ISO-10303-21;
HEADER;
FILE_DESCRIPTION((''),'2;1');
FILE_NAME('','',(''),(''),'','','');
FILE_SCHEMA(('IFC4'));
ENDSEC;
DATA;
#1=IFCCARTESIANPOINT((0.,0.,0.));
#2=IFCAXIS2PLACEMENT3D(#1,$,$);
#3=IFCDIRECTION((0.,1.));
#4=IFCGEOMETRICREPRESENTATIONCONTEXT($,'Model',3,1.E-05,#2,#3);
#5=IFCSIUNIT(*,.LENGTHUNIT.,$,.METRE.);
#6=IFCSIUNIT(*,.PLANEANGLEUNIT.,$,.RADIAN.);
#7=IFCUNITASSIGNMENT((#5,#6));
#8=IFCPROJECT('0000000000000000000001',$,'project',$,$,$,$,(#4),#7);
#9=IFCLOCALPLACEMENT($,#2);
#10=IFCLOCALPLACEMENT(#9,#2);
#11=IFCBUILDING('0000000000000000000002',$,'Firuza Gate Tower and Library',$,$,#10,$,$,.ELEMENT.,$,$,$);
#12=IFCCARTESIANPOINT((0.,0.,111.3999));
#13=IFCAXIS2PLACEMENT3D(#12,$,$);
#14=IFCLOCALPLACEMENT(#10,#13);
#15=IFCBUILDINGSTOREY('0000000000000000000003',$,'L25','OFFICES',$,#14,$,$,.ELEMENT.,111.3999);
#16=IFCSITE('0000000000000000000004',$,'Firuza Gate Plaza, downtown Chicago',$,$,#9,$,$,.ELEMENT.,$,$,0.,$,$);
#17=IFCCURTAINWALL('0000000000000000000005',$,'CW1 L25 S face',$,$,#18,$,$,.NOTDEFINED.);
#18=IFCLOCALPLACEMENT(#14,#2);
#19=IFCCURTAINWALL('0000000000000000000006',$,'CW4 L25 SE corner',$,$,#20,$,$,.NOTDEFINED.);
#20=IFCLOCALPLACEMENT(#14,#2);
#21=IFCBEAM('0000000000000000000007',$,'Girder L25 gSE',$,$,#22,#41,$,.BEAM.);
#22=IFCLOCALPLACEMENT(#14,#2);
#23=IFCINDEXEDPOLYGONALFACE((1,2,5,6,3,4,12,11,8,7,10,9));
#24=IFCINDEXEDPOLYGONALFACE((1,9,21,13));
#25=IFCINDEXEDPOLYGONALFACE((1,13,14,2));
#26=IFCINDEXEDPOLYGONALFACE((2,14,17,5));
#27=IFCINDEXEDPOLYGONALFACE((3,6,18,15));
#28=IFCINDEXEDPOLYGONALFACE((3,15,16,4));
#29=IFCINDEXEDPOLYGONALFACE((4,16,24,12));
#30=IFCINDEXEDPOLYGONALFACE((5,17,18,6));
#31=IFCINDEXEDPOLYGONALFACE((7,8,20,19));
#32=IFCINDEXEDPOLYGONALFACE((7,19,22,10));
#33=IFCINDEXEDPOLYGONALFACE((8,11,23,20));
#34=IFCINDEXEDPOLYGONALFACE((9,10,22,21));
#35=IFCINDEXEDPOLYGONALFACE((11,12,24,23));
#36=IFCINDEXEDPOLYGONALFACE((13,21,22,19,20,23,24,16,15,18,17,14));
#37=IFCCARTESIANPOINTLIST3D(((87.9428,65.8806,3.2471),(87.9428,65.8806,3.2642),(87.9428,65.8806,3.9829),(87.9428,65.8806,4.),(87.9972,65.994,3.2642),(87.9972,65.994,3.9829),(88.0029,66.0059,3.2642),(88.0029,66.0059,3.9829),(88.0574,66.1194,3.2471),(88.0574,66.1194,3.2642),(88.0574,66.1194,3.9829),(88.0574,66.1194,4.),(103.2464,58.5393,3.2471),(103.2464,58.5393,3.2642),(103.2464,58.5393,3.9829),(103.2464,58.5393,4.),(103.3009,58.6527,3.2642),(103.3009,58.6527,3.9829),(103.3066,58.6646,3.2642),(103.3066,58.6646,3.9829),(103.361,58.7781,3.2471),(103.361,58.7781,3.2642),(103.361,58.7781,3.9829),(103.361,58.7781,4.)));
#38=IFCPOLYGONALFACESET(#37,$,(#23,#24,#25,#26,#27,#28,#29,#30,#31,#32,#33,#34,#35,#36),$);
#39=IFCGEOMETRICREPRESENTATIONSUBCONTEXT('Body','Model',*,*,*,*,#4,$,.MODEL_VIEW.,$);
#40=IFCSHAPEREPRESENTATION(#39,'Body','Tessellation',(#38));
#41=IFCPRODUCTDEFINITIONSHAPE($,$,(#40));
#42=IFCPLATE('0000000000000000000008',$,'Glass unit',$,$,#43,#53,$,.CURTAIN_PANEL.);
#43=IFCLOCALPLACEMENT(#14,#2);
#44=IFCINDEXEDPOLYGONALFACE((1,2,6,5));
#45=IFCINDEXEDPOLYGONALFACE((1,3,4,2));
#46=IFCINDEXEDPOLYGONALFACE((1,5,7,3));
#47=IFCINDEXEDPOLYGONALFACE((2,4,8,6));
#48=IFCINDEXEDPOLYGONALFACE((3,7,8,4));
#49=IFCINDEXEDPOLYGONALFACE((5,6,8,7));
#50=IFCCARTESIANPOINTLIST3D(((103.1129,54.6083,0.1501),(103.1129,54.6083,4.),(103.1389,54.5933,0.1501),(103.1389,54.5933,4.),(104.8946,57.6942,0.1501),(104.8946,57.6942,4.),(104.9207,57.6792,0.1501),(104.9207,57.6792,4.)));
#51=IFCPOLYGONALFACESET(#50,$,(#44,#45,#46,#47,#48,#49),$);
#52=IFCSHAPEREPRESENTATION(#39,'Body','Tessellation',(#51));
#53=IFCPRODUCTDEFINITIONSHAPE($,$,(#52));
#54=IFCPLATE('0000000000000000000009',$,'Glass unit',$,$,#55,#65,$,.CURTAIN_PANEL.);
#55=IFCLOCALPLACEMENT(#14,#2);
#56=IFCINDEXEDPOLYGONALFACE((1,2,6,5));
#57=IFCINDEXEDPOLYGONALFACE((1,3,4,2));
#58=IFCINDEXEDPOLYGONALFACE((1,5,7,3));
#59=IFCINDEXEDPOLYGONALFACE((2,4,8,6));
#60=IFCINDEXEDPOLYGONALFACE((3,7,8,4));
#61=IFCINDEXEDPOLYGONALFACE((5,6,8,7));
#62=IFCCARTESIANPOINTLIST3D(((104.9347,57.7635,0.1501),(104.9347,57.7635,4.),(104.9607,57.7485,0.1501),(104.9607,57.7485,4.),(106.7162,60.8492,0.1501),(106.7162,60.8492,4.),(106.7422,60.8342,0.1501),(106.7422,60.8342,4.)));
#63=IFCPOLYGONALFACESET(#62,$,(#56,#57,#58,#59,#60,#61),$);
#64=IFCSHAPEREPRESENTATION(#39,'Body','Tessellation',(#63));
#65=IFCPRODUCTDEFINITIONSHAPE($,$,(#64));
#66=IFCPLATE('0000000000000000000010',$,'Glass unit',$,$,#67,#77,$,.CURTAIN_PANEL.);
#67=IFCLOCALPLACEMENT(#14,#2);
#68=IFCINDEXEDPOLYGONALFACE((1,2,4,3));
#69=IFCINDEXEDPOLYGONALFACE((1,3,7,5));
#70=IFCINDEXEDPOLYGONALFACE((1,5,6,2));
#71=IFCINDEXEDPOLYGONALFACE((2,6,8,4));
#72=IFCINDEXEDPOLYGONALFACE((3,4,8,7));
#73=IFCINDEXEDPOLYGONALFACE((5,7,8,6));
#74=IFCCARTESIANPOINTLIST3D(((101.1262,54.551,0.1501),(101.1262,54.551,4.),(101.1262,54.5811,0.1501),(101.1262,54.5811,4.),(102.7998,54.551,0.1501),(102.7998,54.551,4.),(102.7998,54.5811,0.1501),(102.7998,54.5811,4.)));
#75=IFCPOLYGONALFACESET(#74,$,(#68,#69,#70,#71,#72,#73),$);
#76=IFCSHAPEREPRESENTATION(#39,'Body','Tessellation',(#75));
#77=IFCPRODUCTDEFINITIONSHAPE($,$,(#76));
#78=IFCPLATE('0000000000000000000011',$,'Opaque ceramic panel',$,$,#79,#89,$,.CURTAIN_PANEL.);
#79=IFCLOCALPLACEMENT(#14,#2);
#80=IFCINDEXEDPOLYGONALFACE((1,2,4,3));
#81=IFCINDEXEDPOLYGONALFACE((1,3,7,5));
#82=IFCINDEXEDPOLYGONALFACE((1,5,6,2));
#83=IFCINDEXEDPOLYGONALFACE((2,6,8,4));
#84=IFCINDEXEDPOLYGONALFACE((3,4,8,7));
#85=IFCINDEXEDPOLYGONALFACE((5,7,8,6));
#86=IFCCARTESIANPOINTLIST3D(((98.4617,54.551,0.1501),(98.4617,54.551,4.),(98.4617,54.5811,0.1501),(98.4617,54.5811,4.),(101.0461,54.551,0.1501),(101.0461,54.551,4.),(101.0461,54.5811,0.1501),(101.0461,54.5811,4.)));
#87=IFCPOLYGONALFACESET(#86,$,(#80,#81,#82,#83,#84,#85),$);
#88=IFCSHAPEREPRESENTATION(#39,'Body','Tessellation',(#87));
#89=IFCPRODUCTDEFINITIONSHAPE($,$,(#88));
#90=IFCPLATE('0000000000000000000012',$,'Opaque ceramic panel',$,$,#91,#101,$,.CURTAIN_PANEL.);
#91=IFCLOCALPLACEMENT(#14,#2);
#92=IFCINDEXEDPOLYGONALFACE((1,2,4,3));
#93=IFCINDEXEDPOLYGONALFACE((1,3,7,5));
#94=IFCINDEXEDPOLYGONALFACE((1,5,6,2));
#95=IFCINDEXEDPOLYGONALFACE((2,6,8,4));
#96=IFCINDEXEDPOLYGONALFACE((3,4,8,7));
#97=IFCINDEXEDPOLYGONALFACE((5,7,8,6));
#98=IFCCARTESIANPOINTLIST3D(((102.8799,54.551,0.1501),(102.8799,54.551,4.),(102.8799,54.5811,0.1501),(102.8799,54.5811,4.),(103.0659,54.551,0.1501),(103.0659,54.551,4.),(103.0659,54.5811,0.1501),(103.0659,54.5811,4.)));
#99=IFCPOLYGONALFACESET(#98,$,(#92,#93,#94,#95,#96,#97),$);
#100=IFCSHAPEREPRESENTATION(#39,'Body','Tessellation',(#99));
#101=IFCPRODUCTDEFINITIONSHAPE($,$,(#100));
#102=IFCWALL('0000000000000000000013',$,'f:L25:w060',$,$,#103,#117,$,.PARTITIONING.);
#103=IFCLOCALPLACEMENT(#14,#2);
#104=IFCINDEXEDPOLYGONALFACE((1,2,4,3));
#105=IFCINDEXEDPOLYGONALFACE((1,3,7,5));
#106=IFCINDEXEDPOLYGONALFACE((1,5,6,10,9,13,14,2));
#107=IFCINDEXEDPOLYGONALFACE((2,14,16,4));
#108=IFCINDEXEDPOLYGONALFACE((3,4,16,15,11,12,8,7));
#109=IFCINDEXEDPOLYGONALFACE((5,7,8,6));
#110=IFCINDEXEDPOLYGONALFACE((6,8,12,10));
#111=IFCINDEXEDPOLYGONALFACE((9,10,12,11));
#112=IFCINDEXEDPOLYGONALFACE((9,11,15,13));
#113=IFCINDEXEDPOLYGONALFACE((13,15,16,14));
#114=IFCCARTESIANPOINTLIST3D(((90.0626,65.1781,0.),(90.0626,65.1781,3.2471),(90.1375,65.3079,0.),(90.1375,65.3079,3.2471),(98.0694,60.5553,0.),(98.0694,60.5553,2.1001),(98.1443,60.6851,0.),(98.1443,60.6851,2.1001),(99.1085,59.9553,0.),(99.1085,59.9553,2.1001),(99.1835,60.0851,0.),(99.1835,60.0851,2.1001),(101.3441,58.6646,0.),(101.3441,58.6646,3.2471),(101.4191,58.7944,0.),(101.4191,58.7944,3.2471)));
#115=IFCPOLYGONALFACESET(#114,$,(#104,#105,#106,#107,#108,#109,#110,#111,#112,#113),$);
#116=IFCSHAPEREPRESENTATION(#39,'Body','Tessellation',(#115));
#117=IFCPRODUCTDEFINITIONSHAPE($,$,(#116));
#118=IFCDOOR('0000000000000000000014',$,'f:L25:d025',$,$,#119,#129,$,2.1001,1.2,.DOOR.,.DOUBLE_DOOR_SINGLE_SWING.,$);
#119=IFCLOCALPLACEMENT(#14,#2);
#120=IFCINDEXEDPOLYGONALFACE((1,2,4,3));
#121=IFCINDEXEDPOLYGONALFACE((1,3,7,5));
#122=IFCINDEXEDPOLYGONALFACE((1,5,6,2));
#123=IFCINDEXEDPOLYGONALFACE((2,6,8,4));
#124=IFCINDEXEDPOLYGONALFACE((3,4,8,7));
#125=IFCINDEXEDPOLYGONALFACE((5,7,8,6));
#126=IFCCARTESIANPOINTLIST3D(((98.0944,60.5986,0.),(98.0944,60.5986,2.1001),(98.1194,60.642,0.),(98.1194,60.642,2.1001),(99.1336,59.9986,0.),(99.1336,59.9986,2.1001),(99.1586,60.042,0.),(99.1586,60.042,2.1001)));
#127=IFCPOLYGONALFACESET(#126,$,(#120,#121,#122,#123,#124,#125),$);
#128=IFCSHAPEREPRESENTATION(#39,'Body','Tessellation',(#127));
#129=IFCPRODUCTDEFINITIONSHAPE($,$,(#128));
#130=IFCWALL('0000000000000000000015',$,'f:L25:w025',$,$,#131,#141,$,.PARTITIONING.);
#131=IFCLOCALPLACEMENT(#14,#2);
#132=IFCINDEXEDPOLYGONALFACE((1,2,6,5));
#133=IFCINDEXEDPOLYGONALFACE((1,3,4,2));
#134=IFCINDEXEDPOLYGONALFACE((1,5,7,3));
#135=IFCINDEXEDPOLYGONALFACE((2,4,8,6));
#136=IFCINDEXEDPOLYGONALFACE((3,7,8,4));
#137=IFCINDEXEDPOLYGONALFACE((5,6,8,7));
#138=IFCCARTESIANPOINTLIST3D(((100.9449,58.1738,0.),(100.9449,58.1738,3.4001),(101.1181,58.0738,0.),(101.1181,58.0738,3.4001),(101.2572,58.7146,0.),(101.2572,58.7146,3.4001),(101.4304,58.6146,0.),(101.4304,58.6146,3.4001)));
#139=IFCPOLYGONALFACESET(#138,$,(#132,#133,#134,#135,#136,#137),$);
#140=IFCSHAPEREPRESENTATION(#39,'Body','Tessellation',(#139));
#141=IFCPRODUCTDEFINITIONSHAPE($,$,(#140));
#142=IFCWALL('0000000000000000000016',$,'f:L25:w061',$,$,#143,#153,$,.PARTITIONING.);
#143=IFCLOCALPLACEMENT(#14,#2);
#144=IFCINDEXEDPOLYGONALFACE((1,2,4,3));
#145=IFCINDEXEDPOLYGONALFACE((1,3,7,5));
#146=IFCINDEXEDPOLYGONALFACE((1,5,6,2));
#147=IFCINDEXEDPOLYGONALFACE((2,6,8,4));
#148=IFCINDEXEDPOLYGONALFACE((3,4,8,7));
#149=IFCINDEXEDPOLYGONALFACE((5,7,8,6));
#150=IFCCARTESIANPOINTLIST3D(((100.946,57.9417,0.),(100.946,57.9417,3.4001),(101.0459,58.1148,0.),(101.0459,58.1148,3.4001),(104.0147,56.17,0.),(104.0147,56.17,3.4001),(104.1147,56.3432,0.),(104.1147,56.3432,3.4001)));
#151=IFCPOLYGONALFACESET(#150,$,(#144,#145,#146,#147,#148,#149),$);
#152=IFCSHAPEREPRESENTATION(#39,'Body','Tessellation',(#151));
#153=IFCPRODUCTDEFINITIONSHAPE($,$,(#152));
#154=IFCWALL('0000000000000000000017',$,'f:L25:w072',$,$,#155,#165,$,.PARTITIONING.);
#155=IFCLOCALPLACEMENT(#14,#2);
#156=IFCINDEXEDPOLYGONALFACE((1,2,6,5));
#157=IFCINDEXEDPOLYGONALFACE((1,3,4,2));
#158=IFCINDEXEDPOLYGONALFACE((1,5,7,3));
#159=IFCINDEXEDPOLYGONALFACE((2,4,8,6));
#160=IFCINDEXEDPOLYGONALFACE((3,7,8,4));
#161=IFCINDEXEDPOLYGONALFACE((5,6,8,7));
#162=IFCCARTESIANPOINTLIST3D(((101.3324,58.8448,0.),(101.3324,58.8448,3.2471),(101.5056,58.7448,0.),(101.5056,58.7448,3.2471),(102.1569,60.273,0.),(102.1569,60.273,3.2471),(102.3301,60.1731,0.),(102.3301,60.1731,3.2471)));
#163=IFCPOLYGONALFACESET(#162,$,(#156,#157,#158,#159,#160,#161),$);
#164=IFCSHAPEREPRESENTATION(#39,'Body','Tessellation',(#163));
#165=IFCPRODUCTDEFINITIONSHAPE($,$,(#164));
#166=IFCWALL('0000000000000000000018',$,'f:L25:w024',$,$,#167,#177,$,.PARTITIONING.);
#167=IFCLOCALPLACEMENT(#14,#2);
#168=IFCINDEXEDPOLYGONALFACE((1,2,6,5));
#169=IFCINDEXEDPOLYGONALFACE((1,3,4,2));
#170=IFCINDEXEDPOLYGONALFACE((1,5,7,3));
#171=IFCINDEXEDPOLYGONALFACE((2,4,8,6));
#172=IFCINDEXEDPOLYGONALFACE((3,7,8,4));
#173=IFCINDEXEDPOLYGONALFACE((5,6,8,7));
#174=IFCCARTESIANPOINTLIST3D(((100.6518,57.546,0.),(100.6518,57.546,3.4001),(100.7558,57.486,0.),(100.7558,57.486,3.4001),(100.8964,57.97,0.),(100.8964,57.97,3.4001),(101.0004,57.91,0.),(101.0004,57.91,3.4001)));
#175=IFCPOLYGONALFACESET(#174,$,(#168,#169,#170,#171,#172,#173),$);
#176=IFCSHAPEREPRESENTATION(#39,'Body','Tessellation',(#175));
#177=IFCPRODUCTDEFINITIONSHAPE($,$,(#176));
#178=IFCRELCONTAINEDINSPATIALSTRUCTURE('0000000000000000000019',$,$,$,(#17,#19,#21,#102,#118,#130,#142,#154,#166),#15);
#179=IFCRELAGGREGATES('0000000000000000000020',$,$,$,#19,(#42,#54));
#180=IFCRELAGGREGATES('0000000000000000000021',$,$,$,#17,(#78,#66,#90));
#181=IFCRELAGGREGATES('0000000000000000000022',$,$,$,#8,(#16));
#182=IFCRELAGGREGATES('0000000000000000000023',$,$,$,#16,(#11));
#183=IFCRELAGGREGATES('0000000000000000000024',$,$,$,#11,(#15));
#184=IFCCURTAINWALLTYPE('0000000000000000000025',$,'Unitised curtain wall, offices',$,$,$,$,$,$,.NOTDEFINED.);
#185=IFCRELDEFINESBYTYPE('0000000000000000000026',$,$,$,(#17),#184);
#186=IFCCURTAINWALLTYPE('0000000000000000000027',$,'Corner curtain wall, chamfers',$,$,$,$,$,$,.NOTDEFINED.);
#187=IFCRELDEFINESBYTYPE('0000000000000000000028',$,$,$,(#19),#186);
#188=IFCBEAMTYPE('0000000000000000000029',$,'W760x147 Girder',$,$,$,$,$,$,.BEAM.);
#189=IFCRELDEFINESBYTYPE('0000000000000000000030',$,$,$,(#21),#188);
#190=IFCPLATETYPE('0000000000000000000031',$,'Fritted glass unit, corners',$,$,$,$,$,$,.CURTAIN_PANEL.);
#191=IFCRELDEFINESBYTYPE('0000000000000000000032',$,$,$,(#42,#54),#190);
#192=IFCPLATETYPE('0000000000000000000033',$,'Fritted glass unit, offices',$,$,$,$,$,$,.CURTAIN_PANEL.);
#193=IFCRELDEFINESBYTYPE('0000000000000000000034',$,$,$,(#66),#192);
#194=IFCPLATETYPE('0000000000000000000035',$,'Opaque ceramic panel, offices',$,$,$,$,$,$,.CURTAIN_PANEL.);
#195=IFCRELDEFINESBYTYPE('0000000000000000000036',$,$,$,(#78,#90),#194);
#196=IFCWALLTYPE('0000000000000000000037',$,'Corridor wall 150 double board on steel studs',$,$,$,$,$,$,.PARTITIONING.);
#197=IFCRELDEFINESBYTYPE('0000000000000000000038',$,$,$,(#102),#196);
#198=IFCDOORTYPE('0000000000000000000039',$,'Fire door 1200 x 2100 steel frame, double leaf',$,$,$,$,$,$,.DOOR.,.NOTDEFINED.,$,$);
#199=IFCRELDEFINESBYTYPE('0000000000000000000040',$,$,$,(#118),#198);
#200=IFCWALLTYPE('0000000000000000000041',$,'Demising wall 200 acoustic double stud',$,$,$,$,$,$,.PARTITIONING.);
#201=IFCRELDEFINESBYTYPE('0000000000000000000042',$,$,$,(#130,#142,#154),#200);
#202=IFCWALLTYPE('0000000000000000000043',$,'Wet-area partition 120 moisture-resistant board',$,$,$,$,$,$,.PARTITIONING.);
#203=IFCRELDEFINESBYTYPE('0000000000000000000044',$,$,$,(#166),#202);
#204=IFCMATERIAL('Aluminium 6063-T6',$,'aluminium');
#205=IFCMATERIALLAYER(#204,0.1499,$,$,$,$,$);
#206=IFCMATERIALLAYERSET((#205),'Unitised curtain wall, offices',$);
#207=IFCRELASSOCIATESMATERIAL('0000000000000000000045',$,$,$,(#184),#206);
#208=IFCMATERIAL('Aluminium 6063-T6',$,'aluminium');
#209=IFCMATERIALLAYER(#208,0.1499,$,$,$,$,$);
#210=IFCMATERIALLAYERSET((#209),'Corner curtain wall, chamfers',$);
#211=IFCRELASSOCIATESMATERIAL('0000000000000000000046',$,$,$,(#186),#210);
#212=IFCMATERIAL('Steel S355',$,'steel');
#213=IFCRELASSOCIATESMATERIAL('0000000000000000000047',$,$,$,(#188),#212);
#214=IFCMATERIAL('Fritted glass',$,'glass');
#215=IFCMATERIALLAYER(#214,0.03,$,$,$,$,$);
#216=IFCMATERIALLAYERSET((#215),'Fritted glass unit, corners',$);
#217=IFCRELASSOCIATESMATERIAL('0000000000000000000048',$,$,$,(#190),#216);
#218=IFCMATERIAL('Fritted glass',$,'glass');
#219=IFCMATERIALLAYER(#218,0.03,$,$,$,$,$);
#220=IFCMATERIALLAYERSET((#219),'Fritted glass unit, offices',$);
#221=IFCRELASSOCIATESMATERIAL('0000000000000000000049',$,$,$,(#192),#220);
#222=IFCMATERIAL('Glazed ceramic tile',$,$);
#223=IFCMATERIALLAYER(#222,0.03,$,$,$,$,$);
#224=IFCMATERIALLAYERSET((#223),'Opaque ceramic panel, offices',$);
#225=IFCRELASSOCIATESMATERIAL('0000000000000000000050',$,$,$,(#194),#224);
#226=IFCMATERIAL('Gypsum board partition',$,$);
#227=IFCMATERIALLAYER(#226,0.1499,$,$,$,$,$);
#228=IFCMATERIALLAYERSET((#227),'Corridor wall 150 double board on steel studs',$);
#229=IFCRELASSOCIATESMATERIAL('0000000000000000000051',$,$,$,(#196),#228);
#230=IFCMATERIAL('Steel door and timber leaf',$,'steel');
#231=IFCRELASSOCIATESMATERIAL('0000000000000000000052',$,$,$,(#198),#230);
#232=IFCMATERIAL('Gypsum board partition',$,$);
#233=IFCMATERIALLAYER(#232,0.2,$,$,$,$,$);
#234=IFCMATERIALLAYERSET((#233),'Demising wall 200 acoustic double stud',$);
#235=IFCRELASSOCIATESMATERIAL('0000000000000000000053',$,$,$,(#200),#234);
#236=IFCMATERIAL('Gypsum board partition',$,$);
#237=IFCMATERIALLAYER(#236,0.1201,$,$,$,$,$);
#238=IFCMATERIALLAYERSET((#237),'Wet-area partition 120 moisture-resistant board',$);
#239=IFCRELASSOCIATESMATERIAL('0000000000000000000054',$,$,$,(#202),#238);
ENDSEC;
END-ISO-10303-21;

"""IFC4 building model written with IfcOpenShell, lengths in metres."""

from ifc_helpers import new_model, si_unit, direction, frame, frame_2d, origin, origin_2d, place, context, subcontext, project, spatial, polyline, rectangle, i_section, outline, extrude, material, layer, layer_set, material_profile, profile_set, type_object, element, fill, aggregate, save


model = new_model("IFC4")

# Units and contexts
model_context = context("Model", 3, precision=1e-05, world=origin(), true_north=direction((0.0, 1.0)))
body_context = subcontext(model_context, "Body", "Model", "MODEL_VIEW")
ifc_project = project(units=[si_unit("LENGTHUNIT", "METRE"), si_unit("PLANEANGLEUNIT", "RADIAN")], contexts=[model_context])

# Site, building, storey
site_placement = place(None, origin())
site = spatial("IfcSite", under=ifc_project, at=site_placement, Name="Firuza Gate Plaza, downtown Chicago", CompositionType="ELEMENT", RefElevation=0.0)
building_placement = place(site_placement, origin())
building = spatial("IfcBuilding", under=site, at=building_placement, Name="Firuza Gate Tower and Library", CompositionType="ELEMENT")
storey_placement = place(building_placement, frame((0.0, 0.0, 111.3999)))
storey = spatial("IfcBuildingStorey", under=building, at=storey_placement, Name="L25", Description="OFFICES", CompositionType="ELEMENT", Elevation=111.3999)

# Curtain walls
ifc_material_1 = material(Name="Aluminium 6063-T6", Category="aluminium")
ifc_layer_1 = layer(ifc_material_1, 0.1499)
ifc_layer_set_1 = layer_set([ifc_layer_1], Name="Unitised curtain wall, offices")
curtain_wall_type_1 = type_object("IfcCurtainWallType", Name="Unitised curtain wall, offices", PredefinedType="NOTDEFINED", material=ifc_layer_set_1)
placement = place(storey_placement, origin())
curtain_wall_1 = element("IfcCurtainWall", 1, at=placement, inside=storey, type_object=curtain_wall_type_1, Name="CW1 L25 S face", PredefinedType="NOTDEFINED")
ifc_material_2 = material(Name="Aluminium 6063-T6", Category="aluminium")
ifc_layer_2 = layer(ifc_material_2, 0.1499)
ifc_layer_set_2 = layer_set([ifc_layer_2], Name="Corner curtain wall, chamfers")
curtain_wall_type_2 = type_object("IfcCurtainWallType", Name="Corner curtain wall, chamfers", PredefinedType="NOTDEFINED", material=ifc_layer_set_2)
curtain_wall_2 = element("IfcCurtainWall", 2, at=placement, inside=storey, type_object=curtain_wall_type_2, Name="CW4 L25 SE corner", PredefinedType="NOTDEFINED")

# Beam
ifc_material_3 = material(Name="Steel S355", Category="steel")
ifc_material_profile_1 = material_profile(ifc_material_3, i_section(OverallWidth=0.2649, OverallDepth=0.7529, WebThickness=0.0132, FlangeThickness=0.0171, at=origin_2d()))
ifc_profile_set_1 = profile_set([ifc_material_profile_1], Name="Steel S355")
beam_type_1 = type_object("IfcBeamType", Name="W760x147 Girder", PredefinedType="BEAM", material=ifc_profile_set_1)
beam_1_placement = place(storey_placement, frame((103.3037, 58.6587, 3.6235), z_axis=(-0.901626, 0.432517, 0.0), x_axis=(-0.432517, -0.901626, 0.0)))
element("IfcBeam", 3, at=beam_1_placement, inside=storey, type_object=beam_type_1, Name="Girder L25 gSE", PredefinedType="BEAM", context=body_context, shape_type="SweptSolid", body=[
    extrude(i_section(OverallWidth=0.2649, OverallDepth=0.7529, WebThickness=0.0132, FlangeThickness=0.0171, at=origin_2d()), origin(), (0.0, 0.0, 1.0), 16.9734),
])

# Plates
ifc_material_4 = material(Name="Fritted glass", Category="glass")
ifc_layer_3 = layer(ifc_material_4, 0.03)
ifc_layer_set_3 = layer_set([ifc_layer_3], Name="Fritted glass unit, corners")
plate_type_1 = type_object("IfcPlateType", Name="Fritted glass unit, corners", PredefinedType="CURTAIN_PANEL", material=ifc_layer_set_3)
plate_1_placement = place(storey_placement, frame((103.1389, 54.5933, 0.1501), z_axis=(0.866017, -0.500015, 0.0), x_axis=(0.500015, 0.866017, 0.0)))
plate_1 = element("IfcPlate", 4, at=plate_1_placement, type_object=plate_type_1, Name="Glass unit", PredefinedType="CURTAIN_PANEL", context=body_context, shape_type="SweptSolid", body=[
    extrude(outline(polyline([(0.0, 0.0), (3.5634, 0.0), (3.5634, 3.8499), (0.0, 3.8499), (0.0, 0.0)])), origin(), (0.0, 0.0, -1.0), 0.03),
])
plate_2_placement = place(storey_placement, frame((104.9607, 57.7485, 0.1501), z_axis=(0.866029, -0.499993, 0.0), x_axis=(0.499993, 0.866029, 0.0)))
plate_2 = element("IfcPlate", 5, at=plate_2_placement, type_object=plate_type_1, Name="Glass unit", PredefinedType="CURTAIN_PANEL", context=body_context, shape_type="SweptSolid", body=[
    extrude(outline(polyline([(0.0, 0.0), (3.563, 0.0), (3.563, 3.8499), (0.0, 3.8499), (0.0, 0.0)])), origin(), (0.0, 0.0, -1.0), 0.03),
])
aggregate(curtain_wall_2, [plate_1, plate_2])
ifc_material_5 = material(Name="Fritted glass", Category="glass")
ifc_layer_4 = layer(ifc_material_5, 0.03)
ifc_layer_set_4 = layer_set([ifc_layer_4], Name="Fritted glass unit, offices")
plate_type_2 = type_object("IfcPlateType", Name="Fritted glass unit, offices", PredefinedType="CURTAIN_PANEL", material=ifc_layer_set_4)
plate_3_placement = place(storey_placement, frame((101.1262, 54.551, 0.1501), z_axis=(0.0, -1.0, 0.0), x_axis=(1.0, 0.0, 0.0)))
plate_3 = element("IfcPlate", 6, at=plate_3_placement, type_object=plate_type_2, Name="Glass unit", PredefinedType="CURTAIN_PANEL", context=body_context, shape_type="SweptSolid", body=[
    extrude(outline(polyline([(0.0, 0.0), (1.6736, 0.0), (1.6736, 3.8499), (0.0, 3.8499), (0.0, 0.0)])), origin(), (0.0, 0.0, -1.0), 0.03),
])
ifc_material_6 = material(Name="Glazed ceramic tile")
ifc_layer_5 = layer(ifc_material_6, 0.03)
ifc_layer_set_5 = layer_set([ifc_layer_5], Name="Opaque ceramic panel, offices")
plate_type_3 = type_object("IfcPlateType", Name="Opaque ceramic panel, offices", PredefinedType="CURTAIN_PANEL", material=ifc_layer_set_5)
plate_4_placement = place(storey_placement, frame((98.4617, 54.551, 0.1501), z_axis=(0.0, -1.0, 0.0), x_axis=(1.0, 0.0, 0.0)))
plate_4 = element("IfcPlate", 7, at=plate_4_placement, type_object=plate_type_3, Name="Opaque ceramic panel", PredefinedType="CURTAIN_PANEL", context=body_context, shape_type="SweptSolid", body=[
    extrude(outline(polyline([(0.0, 0.0), (2.5845, 0.0), (2.5845, 3.8499), (0.0, 3.8499), (0.0, 0.0)])), origin(), (0.0, 0.0, -1.0), 0.03),
])
plate_5_placement = place(storey_placement, frame((102.8799, 54.551, 0.1501), z_axis=(0.0, -1.0, 0.0), x_axis=(1.0, 0.0, 0.0)))
plate_5 = element("IfcPlate", 8, at=plate_5_placement, type_object=plate_type_3, Name="Opaque ceramic panel", PredefinedType="CURTAIN_PANEL", context=body_context, shape_type="SweptSolid", body=[
    extrude(outline(polyline([(0.0, 0.0), (0.186, 0.0), (0.186, 3.8499), (0.0, 3.8499), (0.0, 0.0)])), origin(), (0.0, 0.0, -1.0), 0.03),
])
aggregate(curtain_wall_1, [plate_4, plate_3, plate_5])

# Wall, opening, door
ifc_material_7 = material(Name="Gypsum board partition")
ifc_layer_6 = layer(ifc_material_7, 0.1499)
ifc_layer_set_6 = layer_set([ifc_layer_6], Name="Corridor wall 150 double board on steel studs")
wall_type_1 = type_object("IfcWallType", Name="Corridor wall 150 double board on steel studs", PredefinedType="PARTITIONING", material=ifc_layer_set_6)
wall_1_placement = place(storey_placement, frame((101.3816, 58.7295, 0.0), z_axis=(0.0, 0.0, 1.0), x_axis=(-0.866024, 0.500003, 0.0)))
wall_1 = element("IfcWall", 9, at=wall_1_placement, inside=storey, type_object=wall_type_1, Name="f:L25:w060", PredefinedType="PARTITIONING", context=body_context, shape_type="SweptSolid", body=[
    extrude(rectangle(XDim=13.0269, YDim=0.1499, at=frame_2d((6.5134, 0.0))), origin(), (0.0, 0.0, 1.0), 3.2471),
])
opening_1_placement = place(wall_1_placement, frame((2.5813, 0.0, 0.0)))
opening_1 = element("IfcOpeningElement", 10, at=opening_1_placement, cuts=wall_1, PredefinedType="OPENING", context=body_context, shape_type="SweptSolid", body=[
    extrude(rectangle(XDim=1.2, YDim=2.1001, at=frame_2d((0.6001, 1.05))), frame((0.0, 0.085, 0.0), z_axis=(0.0, -1.0, 0.0), x_axis=(1.0, 0.0, 0.0)), (0.0, 0.0, 1.0), 0.1699),
])
ifc_material_8 = material(Name="Steel door and timber leaf", Category="steel")
door_type_1 = type_object("IfcDoorType", Name="Fire door 1200 x 2100 steel frame, double leaf", OperationType="NOTDEFINED", PredefinedType="DOOR", material=ifc_material_8)
door_1_placement = place(opening_1_placement, origin())
door_1 = element("IfcDoor", 11, at=door_1_placement, inside=storey, type_object=door_type_1, Name="f:L25:d025", OperationType="DOUBLE_DOOR_SINGLE_SWING", OverallHeight=2.1001, OverallWidth=1.2, PredefinedType="DOOR", context=body_context, shape_type="SweptSolid", body=[
    extrude(rectangle(XDim=1.2, YDim=2.1001, at=frame_2d((0.6001, 1.05))), frame((0.0, 0.0249, 0.0), z_axis=(0.0, -1.0, 0.0), x_axis=(1.0, 0.0, 0.0)), (0.0, 0.0, 1.0), 0.05),
])
fill(opening_1, door_1)

# Walls
ifc_material_9 = material(Name="Gypsum board partition")
ifc_layer_7 = layer(ifc_material_9, 0.2)
ifc_layer_set_7 = layer_set([ifc_layer_7], Name="Demising wall 200 acoustic double stud")
wall_type_2 = type_object("IfcWallType", Name="Demising wall 200 acoustic double stud", PredefinedType="PARTITIONING", material=ifc_layer_set_7)
wall_2_placement = place(storey_placement, frame((101.0315, 58.1238, 0.0), z_axis=(0.0, 0.0, 1.0), x_axis=(0.50005, 0.865997, 0.0)))
element("IfcWall", 12, at=wall_2_placement, inside=storey, type_object=wall_type_2, Name="f:L25:w025", PredefinedType="PARTITIONING", context=body_context, shape_type="SweptSolid", body=[
    extrude(rectangle(XDim=0.6245, YDim=0.2, at=frame_2d((0.3123, 0.0))), origin(), (0.0, 0.0, 1.0), 3.4001),
])
wall_3_placement = place(storey_placement, frame((104.0647, 56.2566, 0.0), z_axis=(0.0, 0.0, 1.0), x_axis=(-0.866034, 0.499985, 0.0)))
element("IfcWall", 13, at=wall_3_placement, inside=storey, type_object=wall_type_2, Name="f:L25:w061", PredefinedType="PARTITIONING", context=body_context, shape_type="SweptSolid", body=[
    extrude(rectangle(XDim=3.5435, YDim=0.2, at=frame_2d((1.7717, 0.0))), origin(), (0.0, 0.0, 1.0), 3.4001),
])
wall_4_placement = place(storey_placement, frame((101.4189, 58.7947, 0.0), z_axis=(0.0, 0.0, 1.0), x_axis=(0.499945, 0.866057, 0.0)))
element("IfcWall", 14, at=wall_4_placement, inside=storey, type_object=wall_type_2, Name="f:L25:w072", PredefinedType="PARTITIONING", context=body_context, shape_type="SweptSolid", body=[
    extrude(rectangle(XDim=1.6492, YDim=0.2, at=frame_2d((0.8247, 0.0))), origin(), (0.0, 0.0, 1.0), 3.2471),
])
ifc_material_10 = material(Name="Gypsum board partition")
ifc_layer_8 = layer(ifc_material_10, 0.1201)
ifc_layer_set_8 = layer_set([ifc_layer_8], Name="Wet-area partition 120 moisture-resistant board")
wall_type_3 = type_object("IfcWallType", Name="Wet-area partition 120 moisture-resistant board", PredefinedType="PARTITIONING", material=ifc_layer_set_8)
wall_5_placement = place(storey_placement, frame((100.7039, 57.5161, 0.0), z_axis=(0.0, 0.0, 1.0), x_axis=(0.499679, 0.86621, 0.0)))
element("IfcWall", 15, at=wall_5_placement, inside=storey, type_object=wall_type_3, Name="f:L25:w024", PredefinedType="PARTITIONING", context=body_context, shape_type="SweptSolid", body=[
    extrude(rectangle(XDim=0.4895, YDim=0.1201, at=frame_2d((0.2446, 0.0))), origin(), (0.0, 0.0, 1.0), 3.4001),
])

save(model, "model.ifc")
